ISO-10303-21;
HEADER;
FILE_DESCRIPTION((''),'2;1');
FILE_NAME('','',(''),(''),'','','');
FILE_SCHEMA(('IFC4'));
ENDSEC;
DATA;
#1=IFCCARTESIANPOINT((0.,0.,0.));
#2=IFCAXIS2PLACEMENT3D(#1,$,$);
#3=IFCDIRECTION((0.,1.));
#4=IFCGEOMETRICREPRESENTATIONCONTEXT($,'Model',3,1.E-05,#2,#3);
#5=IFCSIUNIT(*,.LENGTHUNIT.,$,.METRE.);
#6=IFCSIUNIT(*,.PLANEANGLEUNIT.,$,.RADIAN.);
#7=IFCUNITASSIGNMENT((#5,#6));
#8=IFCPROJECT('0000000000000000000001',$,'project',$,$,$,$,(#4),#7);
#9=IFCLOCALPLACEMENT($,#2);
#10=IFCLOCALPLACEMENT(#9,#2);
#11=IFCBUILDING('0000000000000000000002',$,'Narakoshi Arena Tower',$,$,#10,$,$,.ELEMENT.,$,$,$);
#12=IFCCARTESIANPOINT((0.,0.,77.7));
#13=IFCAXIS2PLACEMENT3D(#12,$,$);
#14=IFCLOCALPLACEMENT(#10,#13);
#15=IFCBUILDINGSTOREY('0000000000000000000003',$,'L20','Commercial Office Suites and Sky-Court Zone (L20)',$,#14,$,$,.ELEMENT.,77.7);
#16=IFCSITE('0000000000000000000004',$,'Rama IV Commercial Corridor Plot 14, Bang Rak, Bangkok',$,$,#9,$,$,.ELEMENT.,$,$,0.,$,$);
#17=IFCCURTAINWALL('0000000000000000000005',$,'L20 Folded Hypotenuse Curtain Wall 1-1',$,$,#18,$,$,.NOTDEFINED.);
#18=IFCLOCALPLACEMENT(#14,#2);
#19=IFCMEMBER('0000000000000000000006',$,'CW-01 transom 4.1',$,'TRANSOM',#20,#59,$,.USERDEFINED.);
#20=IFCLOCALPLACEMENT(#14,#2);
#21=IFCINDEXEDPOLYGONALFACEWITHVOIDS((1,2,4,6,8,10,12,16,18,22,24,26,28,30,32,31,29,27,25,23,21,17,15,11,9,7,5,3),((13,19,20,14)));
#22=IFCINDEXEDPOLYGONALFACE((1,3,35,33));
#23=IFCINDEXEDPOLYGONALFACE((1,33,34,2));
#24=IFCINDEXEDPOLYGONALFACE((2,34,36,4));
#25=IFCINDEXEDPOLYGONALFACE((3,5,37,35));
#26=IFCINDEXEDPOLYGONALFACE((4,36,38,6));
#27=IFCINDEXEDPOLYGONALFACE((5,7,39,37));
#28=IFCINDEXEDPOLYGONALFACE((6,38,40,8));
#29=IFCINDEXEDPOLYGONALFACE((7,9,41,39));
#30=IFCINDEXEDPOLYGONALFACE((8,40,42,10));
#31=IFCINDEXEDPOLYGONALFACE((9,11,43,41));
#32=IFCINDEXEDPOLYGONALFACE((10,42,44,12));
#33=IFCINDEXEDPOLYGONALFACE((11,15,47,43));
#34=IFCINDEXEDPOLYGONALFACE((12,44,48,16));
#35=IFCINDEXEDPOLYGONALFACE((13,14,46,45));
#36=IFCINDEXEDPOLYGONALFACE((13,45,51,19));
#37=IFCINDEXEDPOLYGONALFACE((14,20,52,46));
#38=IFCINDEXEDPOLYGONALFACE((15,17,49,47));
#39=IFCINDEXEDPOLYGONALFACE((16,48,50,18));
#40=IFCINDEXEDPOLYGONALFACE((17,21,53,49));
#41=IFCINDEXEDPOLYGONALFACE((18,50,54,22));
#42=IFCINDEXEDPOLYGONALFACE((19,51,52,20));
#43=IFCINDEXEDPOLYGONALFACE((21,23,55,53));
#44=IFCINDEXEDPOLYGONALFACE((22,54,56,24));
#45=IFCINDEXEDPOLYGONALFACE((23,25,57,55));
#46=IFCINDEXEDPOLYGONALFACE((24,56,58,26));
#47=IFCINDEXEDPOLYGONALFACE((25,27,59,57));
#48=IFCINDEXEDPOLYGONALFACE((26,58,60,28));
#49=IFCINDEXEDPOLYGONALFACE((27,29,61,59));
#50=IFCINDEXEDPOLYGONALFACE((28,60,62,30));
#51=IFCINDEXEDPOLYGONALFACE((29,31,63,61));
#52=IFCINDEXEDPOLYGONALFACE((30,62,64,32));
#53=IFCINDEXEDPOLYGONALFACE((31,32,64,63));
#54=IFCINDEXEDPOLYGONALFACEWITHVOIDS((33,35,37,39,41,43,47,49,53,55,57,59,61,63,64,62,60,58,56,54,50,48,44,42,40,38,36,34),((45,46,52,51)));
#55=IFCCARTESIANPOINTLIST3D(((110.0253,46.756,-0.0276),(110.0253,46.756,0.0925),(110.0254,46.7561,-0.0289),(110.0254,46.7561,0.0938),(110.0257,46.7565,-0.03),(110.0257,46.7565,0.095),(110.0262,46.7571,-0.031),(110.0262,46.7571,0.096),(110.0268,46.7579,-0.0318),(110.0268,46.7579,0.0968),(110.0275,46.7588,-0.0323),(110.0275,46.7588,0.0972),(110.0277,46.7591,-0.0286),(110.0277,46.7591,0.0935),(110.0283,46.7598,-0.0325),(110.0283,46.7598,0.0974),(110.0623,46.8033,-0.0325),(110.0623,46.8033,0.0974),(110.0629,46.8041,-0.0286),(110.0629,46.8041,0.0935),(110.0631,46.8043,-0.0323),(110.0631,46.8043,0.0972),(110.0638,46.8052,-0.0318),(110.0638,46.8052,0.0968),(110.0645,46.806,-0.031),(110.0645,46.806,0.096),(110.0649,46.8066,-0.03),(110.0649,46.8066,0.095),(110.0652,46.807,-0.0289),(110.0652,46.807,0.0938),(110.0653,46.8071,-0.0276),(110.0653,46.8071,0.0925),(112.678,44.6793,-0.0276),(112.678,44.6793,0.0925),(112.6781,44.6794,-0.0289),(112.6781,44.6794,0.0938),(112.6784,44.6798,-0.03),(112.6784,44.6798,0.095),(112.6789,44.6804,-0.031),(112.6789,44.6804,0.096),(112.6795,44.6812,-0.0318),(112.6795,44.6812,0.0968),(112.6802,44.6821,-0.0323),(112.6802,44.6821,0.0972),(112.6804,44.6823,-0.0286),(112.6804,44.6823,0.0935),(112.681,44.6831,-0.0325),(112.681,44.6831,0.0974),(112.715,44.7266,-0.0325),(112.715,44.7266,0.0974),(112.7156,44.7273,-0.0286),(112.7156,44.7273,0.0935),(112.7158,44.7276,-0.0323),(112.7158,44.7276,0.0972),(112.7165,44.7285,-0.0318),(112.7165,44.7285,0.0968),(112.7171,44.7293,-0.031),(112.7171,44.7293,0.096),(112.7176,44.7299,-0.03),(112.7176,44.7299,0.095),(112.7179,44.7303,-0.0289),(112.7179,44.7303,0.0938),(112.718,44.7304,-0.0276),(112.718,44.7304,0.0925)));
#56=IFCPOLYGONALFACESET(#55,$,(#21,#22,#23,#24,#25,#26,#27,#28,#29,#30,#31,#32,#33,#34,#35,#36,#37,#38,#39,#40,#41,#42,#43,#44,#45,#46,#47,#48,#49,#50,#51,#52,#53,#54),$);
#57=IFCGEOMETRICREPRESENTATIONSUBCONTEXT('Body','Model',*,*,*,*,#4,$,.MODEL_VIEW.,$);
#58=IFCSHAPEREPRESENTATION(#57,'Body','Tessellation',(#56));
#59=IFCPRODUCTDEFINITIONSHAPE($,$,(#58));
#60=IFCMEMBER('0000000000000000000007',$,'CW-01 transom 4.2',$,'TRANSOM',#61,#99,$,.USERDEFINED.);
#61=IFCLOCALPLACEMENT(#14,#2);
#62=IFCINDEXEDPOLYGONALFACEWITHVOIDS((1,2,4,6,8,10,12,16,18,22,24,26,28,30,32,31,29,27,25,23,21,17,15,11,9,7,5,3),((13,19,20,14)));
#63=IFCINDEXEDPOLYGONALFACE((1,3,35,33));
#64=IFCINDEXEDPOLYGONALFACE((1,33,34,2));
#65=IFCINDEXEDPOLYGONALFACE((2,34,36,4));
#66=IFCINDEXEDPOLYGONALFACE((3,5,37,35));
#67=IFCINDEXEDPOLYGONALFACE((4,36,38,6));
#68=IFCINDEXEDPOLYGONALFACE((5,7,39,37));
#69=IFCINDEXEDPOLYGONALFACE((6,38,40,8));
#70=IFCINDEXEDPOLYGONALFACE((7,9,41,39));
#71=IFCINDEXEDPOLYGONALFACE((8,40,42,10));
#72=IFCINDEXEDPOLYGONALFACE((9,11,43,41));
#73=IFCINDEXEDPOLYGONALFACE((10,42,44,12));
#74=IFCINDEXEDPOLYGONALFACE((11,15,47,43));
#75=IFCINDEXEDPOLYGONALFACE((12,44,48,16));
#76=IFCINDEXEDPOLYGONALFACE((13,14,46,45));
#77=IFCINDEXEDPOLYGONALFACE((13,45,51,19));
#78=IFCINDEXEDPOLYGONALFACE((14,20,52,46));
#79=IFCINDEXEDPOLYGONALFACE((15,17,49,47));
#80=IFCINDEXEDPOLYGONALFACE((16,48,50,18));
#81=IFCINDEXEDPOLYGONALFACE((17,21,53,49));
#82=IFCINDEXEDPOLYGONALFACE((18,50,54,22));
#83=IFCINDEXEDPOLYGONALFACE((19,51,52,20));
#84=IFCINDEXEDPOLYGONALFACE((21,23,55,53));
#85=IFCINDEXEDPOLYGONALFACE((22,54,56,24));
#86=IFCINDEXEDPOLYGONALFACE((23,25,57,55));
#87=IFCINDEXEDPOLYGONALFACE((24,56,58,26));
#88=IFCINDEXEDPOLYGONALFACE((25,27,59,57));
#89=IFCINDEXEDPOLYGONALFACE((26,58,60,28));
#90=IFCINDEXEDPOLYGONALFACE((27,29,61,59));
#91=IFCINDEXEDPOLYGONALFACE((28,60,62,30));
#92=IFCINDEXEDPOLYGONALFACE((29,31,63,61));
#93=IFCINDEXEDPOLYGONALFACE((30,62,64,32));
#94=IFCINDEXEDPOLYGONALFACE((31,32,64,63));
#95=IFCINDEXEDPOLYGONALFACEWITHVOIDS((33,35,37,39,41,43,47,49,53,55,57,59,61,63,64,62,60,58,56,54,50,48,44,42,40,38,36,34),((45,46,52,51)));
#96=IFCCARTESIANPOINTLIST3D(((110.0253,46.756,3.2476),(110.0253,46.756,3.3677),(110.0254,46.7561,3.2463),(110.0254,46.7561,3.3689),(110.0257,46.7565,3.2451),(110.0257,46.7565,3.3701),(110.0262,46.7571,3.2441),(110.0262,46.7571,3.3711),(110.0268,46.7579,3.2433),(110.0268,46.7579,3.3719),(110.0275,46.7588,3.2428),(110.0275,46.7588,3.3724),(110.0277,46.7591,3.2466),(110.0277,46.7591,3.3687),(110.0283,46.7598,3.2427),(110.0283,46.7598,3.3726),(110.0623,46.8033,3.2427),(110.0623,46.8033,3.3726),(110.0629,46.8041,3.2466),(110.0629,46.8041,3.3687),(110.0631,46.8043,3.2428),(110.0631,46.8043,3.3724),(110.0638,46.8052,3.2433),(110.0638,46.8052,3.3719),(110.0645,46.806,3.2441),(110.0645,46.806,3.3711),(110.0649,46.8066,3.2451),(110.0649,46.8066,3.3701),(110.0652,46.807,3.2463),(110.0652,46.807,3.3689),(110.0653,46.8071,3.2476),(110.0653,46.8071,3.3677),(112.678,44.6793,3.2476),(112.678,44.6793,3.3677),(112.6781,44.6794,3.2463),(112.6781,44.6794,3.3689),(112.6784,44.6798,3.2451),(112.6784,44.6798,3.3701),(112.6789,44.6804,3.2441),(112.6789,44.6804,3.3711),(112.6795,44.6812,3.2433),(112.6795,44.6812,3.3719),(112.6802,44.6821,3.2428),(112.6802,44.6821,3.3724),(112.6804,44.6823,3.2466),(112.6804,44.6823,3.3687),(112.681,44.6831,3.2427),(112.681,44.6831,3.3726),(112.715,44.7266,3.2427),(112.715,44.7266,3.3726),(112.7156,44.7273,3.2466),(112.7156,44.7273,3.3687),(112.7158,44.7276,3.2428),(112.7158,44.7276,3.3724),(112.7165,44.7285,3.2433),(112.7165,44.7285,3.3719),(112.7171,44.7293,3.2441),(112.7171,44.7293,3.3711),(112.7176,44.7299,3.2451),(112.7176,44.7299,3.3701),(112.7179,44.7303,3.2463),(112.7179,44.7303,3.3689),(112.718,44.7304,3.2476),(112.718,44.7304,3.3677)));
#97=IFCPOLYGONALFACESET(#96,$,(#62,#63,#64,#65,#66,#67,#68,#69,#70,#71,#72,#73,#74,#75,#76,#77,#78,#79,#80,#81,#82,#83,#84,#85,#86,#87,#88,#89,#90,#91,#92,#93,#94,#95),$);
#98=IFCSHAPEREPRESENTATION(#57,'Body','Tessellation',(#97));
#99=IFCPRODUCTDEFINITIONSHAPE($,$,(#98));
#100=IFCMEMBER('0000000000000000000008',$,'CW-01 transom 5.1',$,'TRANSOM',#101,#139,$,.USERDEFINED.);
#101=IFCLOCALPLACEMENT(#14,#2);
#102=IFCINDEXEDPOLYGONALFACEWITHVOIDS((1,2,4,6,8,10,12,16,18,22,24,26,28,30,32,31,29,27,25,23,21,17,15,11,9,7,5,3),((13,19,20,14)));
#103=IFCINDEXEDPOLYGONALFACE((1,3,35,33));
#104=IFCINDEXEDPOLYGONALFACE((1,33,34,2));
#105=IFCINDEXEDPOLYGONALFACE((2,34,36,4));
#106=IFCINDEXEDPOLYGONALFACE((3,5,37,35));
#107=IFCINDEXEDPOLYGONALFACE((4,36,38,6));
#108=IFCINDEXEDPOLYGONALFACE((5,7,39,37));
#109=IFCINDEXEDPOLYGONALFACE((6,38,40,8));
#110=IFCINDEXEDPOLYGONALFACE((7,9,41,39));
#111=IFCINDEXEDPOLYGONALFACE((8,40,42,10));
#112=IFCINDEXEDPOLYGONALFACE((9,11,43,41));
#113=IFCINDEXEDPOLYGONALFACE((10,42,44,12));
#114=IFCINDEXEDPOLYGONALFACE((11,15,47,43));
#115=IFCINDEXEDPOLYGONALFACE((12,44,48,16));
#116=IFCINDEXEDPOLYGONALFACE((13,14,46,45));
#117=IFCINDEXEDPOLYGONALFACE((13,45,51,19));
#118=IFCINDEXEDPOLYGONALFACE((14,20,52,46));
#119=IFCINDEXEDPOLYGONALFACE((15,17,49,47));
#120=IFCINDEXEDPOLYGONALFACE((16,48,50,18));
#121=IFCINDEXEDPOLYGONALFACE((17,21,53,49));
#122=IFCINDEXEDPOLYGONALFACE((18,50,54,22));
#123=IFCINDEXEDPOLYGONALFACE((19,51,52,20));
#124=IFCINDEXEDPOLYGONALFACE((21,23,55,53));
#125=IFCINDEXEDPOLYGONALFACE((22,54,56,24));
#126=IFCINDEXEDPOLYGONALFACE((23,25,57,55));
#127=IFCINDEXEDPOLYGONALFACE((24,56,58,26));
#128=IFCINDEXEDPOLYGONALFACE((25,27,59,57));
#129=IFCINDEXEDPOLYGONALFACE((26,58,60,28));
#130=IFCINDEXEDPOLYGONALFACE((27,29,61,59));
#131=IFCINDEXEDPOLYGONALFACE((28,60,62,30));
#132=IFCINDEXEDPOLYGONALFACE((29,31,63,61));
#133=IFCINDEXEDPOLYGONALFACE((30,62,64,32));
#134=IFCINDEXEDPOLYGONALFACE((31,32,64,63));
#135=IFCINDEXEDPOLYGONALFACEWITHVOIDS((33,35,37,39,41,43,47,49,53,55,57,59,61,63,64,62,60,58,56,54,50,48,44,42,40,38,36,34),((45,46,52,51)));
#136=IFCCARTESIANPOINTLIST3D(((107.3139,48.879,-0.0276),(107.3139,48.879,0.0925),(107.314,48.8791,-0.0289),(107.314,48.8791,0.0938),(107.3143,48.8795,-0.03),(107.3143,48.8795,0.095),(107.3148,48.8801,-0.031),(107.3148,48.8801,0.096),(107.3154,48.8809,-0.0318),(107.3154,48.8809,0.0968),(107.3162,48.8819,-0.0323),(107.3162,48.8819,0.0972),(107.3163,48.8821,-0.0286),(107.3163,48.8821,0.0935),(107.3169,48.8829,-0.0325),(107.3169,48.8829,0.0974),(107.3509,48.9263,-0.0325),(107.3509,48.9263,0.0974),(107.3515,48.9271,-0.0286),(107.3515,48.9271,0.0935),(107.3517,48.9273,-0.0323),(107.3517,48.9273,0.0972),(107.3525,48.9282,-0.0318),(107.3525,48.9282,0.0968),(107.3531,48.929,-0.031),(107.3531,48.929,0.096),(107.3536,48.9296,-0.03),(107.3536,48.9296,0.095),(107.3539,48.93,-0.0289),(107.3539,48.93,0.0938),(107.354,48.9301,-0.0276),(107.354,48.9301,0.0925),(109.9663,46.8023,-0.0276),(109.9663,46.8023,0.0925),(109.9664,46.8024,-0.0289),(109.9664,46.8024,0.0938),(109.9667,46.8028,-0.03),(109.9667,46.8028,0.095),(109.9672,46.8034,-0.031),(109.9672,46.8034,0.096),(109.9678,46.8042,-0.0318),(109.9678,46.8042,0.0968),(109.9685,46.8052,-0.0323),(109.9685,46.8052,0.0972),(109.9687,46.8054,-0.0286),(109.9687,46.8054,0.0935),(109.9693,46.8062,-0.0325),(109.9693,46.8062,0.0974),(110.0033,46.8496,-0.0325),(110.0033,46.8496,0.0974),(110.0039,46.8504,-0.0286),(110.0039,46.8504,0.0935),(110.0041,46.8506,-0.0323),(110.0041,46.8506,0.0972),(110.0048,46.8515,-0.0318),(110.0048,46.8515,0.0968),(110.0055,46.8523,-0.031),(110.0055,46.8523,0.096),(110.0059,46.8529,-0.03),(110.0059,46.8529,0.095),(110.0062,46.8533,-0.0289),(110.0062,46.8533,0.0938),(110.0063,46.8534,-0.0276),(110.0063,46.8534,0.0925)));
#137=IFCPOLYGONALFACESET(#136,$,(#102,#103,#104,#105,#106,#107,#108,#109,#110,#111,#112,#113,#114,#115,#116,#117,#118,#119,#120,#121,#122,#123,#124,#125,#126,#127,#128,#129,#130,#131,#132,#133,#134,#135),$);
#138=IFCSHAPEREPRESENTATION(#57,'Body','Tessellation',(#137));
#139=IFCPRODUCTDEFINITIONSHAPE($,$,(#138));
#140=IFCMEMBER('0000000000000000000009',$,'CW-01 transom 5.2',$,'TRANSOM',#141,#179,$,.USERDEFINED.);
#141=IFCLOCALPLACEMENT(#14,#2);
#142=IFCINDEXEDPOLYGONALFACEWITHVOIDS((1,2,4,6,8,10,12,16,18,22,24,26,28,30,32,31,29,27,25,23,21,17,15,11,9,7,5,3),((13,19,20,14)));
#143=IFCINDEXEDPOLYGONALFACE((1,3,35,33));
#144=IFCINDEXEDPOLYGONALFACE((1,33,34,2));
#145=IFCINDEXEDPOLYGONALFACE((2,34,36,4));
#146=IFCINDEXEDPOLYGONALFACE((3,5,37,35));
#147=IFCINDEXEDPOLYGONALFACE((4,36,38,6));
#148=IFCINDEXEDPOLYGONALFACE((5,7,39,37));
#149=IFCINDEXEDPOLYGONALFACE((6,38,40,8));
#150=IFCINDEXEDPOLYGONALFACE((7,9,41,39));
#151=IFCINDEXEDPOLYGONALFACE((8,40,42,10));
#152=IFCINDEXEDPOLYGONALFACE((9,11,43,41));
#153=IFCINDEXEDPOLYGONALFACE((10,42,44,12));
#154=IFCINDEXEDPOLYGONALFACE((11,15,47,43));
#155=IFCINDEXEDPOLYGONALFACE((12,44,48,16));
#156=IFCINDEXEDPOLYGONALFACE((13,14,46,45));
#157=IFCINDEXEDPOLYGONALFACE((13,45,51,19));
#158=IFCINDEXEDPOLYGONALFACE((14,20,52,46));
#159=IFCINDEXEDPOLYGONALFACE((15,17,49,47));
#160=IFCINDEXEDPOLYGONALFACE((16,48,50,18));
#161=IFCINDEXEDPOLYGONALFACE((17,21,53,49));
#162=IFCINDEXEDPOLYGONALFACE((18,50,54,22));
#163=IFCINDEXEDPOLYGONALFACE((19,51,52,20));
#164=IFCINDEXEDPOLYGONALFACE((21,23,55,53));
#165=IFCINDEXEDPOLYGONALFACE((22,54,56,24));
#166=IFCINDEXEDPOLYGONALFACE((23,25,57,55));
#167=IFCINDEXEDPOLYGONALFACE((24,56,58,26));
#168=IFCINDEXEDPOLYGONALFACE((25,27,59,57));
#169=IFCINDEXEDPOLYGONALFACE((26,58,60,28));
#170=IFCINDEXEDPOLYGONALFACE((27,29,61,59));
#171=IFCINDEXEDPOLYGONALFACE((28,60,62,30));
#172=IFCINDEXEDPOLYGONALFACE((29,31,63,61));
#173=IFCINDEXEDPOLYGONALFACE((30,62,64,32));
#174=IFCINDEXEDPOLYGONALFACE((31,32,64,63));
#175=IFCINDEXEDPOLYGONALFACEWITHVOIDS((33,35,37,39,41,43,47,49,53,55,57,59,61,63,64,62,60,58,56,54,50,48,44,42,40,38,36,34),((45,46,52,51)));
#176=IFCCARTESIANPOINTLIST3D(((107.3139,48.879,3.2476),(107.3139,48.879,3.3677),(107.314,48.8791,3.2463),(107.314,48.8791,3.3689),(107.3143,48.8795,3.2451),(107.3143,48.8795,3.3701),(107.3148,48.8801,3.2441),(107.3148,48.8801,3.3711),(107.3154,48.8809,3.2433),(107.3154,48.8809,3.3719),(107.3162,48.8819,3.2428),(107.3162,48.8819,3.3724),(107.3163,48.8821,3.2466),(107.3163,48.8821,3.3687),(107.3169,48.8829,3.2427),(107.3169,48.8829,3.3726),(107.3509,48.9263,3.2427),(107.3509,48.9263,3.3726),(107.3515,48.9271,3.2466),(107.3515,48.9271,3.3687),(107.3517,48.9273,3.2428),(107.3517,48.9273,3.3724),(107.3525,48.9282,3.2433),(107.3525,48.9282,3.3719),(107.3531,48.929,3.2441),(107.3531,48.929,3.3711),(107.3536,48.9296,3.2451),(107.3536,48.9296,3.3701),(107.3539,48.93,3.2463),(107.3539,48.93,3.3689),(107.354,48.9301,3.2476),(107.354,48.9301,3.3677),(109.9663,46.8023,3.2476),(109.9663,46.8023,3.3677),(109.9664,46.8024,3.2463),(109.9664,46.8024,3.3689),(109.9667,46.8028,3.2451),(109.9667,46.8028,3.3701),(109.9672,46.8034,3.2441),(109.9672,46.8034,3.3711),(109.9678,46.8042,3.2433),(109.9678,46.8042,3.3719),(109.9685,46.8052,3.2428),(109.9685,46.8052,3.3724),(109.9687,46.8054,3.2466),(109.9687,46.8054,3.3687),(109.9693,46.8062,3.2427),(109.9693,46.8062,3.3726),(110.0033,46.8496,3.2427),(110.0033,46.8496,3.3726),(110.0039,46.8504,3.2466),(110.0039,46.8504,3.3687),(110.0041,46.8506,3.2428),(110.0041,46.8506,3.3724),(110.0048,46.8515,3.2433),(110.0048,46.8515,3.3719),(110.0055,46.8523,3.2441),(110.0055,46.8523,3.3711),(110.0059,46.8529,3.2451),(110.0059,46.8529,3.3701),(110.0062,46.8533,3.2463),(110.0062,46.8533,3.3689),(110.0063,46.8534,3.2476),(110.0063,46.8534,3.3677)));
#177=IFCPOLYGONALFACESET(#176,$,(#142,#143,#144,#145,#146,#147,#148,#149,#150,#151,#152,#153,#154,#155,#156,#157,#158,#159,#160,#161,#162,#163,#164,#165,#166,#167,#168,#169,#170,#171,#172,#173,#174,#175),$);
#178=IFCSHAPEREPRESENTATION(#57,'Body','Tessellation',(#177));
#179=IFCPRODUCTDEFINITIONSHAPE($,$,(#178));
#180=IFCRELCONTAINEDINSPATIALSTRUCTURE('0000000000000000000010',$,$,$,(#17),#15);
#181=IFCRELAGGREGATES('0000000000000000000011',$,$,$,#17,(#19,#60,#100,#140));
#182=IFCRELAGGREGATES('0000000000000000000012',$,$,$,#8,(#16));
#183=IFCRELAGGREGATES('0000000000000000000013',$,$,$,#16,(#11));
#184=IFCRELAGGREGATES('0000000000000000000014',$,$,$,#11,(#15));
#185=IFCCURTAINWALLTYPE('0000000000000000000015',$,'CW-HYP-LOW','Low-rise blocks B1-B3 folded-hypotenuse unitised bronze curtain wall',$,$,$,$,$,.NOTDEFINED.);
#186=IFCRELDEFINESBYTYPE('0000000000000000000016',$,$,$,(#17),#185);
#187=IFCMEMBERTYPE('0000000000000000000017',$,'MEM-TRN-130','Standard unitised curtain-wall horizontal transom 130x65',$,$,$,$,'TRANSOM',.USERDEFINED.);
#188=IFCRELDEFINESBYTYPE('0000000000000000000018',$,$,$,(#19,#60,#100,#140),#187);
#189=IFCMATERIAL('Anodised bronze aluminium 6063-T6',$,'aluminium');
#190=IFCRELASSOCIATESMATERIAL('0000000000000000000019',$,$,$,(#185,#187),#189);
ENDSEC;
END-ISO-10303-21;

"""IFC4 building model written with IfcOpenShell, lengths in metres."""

from ifc_helpers import new_model, si_unit, direction, frame, origin, origin_2d, place, context, subcontext, project, spatial, hollow_rectangle, extrude, material, material_profile, profile_set, type_object, element, aggregate, save


model = new_model("IFC4")

# Units and contexts
model_context = context("Model", 3, precision=1e-05, world=origin(), true_north=direction((0.0, 1.0)))
body_context = subcontext(model_context, "Body", "Model", "MODEL_VIEW")
ifc_project = project(units=[si_unit("LENGTHUNIT", "METRE"), si_unit("PLANEANGLEUNIT", "RADIAN")], contexts=[model_context])

# Site, building, storey
site_placement = place(None, origin())
site = spatial("IfcSite", under=ifc_project, at=site_placement, Name="Rama IV Commercial Corridor Plot 14, Bang Rak, Bangkok", CompositionType="ELEMENT", RefElevation=0.0)
building_placement = place(site_placement, origin())
building = spatial("IfcBuilding", under=site, at=building_placement, Name="Narakoshi Arena Tower", CompositionType="ELEMENT")
storey_placement = place(building_placement, frame((0.0, 0.0, 77.7)))
storey = spatial("IfcBuildingStorey", under=building, at=storey_placement, Name="L20", Description="Commercial Office Suites and Sky-Court Zone (L20)", CompositionType="ELEMENT", Elevation=77.7)

# Curtain wall, members
ifc_material_1 = material(Name="Anodised bronze aluminium 6063-T6", Category="aluminium")
curtain_wall_type = type_object("IfcCurtainWallType", Name="CW-HYP-LOW", Description="Low-rise blocks B1-B3 folded-hypotenuse unitised bronze curtain wall", PredefinedType="NOTDEFINED", material=ifc_material_1)
curtain_wall_placement = place(storey_placement, origin())
curtain_wall = element("IfcCurtainWall", 1, at=curtain_wall_placement, inside=storey, type_object=curtain_wall_type, Name="L20 Folded Hypotenuse Curtain Wall 1-1", PredefinedType="NOTDEFINED")
ifc_material_profile_1 = material_profile(ifc_material_1, hollow_rectangle(XDim=0.0649, YDim=0.1299, WallThickness=0.0039, OuterFilletRadius=0.0049, at=origin_2d()), Name="TRN130x65x4")
ifc_profile_set_1 = profile_set([ifc_material_profile_1], Name="Anodised bronze aluminium 6063-T6")
member_type_1 = type_object("IfcMemberType", Name="MEM-TRN-130", Description="Standard unitised curtain-wall horizontal transom 130x65", ElementType="TRANSOM", PredefinedType="USERDEFINED", material=ifc_profile_set_1)
member_1_placement = place(storey_placement, frame((112.698, 44.7048, 0.0325), z_axis=(-0.787401, 0.616441, 0.0), x_axis=(-0.616441, -0.787401, 0.0)))
member_1 = element("IfcMember", 2, at=member_1_placement, type_object=member_type_1, Name="CW-01 transom 4.1", ObjectType="TRANSOM", PredefinedType="USERDEFINED", context=body_context, shape_type="SweptSolid", body=[
    extrude(hollow_rectangle(XDim=0.0649, YDim=0.1299, WallThickness=0.0039, OuterFilletRadius=0.0049, at=origin_2d()), origin(), (0.0, 0.0, 1.0), 3.3689),
])
member_2_placement = place(storey_placement, frame((112.698, 44.7048, 3.3076), z_axis=(-0.787401, 0.616441, 0.0), x_axis=(-0.616441, -0.787401, 0.0)))
member_2 = element("IfcMember", 3, at=member_2_placement, type_object=member_type_1, Name="CW-01 transom 4.2", ObjectType="TRANSOM", PredefinedType="USERDEFINED", context=body_context, shape_type="SweptSolid", body=[
    extrude(hollow_rectangle(XDim=0.0649, YDim=0.1299, WallThickness=0.0039, OuterFilletRadius=0.0049, at=origin_2d()), origin(), (0.0, 0.0, 1.0), 3.3689),
])
member_3_placement = place(storey_placement, frame((109.9863, 46.8279, 0.0325), z_axis=(-0.787373, 0.616476, 0.0), x_axis=(-0.616476, -0.787373, 0.0)))
member_3 = element("IfcMember", 4, at=member_3_placement, type_object=member_type_1, Name="CW-01 transom 5.1", ObjectType="TRANSOM", PredefinedType="USERDEFINED", context=body_context, shape_type="SweptSolid", body=[
    extrude(hollow_rectangle(XDim=0.0649, YDim=0.1299, WallThickness=0.0039, OuterFilletRadius=0.0049, at=origin_2d()), origin(), (0.0, 0.0, 1.0), 3.3687),
])
member_4_placement = place(storey_placement, frame((109.9863, 46.8279, 3.3076), z_axis=(-0.787373, 0.616476, 0.0), x_axis=(-0.616476, -0.787373, 0.0)))
member_4 = element("IfcMember", 5, at=member_4_placement, type_object=member_type_1, Name="CW-01 transom 5.2", ObjectType="TRANSOM", PredefinedType="USERDEFINED", context=body_context, shape_type="SweptSolid", body=[
    extrude(hollow_rectangle(XDim=0.0649, YDim=0.1299, WallThickness=0.0039, OuterFilletRadius=0.0049, at=origin_2d()), origin(), (0.0, 0.0, 1.0), 3.3687),
])
aggregate(curtain_wall, [member_1, member_2, member_3, member_4])

save(model, "model.ifc")
